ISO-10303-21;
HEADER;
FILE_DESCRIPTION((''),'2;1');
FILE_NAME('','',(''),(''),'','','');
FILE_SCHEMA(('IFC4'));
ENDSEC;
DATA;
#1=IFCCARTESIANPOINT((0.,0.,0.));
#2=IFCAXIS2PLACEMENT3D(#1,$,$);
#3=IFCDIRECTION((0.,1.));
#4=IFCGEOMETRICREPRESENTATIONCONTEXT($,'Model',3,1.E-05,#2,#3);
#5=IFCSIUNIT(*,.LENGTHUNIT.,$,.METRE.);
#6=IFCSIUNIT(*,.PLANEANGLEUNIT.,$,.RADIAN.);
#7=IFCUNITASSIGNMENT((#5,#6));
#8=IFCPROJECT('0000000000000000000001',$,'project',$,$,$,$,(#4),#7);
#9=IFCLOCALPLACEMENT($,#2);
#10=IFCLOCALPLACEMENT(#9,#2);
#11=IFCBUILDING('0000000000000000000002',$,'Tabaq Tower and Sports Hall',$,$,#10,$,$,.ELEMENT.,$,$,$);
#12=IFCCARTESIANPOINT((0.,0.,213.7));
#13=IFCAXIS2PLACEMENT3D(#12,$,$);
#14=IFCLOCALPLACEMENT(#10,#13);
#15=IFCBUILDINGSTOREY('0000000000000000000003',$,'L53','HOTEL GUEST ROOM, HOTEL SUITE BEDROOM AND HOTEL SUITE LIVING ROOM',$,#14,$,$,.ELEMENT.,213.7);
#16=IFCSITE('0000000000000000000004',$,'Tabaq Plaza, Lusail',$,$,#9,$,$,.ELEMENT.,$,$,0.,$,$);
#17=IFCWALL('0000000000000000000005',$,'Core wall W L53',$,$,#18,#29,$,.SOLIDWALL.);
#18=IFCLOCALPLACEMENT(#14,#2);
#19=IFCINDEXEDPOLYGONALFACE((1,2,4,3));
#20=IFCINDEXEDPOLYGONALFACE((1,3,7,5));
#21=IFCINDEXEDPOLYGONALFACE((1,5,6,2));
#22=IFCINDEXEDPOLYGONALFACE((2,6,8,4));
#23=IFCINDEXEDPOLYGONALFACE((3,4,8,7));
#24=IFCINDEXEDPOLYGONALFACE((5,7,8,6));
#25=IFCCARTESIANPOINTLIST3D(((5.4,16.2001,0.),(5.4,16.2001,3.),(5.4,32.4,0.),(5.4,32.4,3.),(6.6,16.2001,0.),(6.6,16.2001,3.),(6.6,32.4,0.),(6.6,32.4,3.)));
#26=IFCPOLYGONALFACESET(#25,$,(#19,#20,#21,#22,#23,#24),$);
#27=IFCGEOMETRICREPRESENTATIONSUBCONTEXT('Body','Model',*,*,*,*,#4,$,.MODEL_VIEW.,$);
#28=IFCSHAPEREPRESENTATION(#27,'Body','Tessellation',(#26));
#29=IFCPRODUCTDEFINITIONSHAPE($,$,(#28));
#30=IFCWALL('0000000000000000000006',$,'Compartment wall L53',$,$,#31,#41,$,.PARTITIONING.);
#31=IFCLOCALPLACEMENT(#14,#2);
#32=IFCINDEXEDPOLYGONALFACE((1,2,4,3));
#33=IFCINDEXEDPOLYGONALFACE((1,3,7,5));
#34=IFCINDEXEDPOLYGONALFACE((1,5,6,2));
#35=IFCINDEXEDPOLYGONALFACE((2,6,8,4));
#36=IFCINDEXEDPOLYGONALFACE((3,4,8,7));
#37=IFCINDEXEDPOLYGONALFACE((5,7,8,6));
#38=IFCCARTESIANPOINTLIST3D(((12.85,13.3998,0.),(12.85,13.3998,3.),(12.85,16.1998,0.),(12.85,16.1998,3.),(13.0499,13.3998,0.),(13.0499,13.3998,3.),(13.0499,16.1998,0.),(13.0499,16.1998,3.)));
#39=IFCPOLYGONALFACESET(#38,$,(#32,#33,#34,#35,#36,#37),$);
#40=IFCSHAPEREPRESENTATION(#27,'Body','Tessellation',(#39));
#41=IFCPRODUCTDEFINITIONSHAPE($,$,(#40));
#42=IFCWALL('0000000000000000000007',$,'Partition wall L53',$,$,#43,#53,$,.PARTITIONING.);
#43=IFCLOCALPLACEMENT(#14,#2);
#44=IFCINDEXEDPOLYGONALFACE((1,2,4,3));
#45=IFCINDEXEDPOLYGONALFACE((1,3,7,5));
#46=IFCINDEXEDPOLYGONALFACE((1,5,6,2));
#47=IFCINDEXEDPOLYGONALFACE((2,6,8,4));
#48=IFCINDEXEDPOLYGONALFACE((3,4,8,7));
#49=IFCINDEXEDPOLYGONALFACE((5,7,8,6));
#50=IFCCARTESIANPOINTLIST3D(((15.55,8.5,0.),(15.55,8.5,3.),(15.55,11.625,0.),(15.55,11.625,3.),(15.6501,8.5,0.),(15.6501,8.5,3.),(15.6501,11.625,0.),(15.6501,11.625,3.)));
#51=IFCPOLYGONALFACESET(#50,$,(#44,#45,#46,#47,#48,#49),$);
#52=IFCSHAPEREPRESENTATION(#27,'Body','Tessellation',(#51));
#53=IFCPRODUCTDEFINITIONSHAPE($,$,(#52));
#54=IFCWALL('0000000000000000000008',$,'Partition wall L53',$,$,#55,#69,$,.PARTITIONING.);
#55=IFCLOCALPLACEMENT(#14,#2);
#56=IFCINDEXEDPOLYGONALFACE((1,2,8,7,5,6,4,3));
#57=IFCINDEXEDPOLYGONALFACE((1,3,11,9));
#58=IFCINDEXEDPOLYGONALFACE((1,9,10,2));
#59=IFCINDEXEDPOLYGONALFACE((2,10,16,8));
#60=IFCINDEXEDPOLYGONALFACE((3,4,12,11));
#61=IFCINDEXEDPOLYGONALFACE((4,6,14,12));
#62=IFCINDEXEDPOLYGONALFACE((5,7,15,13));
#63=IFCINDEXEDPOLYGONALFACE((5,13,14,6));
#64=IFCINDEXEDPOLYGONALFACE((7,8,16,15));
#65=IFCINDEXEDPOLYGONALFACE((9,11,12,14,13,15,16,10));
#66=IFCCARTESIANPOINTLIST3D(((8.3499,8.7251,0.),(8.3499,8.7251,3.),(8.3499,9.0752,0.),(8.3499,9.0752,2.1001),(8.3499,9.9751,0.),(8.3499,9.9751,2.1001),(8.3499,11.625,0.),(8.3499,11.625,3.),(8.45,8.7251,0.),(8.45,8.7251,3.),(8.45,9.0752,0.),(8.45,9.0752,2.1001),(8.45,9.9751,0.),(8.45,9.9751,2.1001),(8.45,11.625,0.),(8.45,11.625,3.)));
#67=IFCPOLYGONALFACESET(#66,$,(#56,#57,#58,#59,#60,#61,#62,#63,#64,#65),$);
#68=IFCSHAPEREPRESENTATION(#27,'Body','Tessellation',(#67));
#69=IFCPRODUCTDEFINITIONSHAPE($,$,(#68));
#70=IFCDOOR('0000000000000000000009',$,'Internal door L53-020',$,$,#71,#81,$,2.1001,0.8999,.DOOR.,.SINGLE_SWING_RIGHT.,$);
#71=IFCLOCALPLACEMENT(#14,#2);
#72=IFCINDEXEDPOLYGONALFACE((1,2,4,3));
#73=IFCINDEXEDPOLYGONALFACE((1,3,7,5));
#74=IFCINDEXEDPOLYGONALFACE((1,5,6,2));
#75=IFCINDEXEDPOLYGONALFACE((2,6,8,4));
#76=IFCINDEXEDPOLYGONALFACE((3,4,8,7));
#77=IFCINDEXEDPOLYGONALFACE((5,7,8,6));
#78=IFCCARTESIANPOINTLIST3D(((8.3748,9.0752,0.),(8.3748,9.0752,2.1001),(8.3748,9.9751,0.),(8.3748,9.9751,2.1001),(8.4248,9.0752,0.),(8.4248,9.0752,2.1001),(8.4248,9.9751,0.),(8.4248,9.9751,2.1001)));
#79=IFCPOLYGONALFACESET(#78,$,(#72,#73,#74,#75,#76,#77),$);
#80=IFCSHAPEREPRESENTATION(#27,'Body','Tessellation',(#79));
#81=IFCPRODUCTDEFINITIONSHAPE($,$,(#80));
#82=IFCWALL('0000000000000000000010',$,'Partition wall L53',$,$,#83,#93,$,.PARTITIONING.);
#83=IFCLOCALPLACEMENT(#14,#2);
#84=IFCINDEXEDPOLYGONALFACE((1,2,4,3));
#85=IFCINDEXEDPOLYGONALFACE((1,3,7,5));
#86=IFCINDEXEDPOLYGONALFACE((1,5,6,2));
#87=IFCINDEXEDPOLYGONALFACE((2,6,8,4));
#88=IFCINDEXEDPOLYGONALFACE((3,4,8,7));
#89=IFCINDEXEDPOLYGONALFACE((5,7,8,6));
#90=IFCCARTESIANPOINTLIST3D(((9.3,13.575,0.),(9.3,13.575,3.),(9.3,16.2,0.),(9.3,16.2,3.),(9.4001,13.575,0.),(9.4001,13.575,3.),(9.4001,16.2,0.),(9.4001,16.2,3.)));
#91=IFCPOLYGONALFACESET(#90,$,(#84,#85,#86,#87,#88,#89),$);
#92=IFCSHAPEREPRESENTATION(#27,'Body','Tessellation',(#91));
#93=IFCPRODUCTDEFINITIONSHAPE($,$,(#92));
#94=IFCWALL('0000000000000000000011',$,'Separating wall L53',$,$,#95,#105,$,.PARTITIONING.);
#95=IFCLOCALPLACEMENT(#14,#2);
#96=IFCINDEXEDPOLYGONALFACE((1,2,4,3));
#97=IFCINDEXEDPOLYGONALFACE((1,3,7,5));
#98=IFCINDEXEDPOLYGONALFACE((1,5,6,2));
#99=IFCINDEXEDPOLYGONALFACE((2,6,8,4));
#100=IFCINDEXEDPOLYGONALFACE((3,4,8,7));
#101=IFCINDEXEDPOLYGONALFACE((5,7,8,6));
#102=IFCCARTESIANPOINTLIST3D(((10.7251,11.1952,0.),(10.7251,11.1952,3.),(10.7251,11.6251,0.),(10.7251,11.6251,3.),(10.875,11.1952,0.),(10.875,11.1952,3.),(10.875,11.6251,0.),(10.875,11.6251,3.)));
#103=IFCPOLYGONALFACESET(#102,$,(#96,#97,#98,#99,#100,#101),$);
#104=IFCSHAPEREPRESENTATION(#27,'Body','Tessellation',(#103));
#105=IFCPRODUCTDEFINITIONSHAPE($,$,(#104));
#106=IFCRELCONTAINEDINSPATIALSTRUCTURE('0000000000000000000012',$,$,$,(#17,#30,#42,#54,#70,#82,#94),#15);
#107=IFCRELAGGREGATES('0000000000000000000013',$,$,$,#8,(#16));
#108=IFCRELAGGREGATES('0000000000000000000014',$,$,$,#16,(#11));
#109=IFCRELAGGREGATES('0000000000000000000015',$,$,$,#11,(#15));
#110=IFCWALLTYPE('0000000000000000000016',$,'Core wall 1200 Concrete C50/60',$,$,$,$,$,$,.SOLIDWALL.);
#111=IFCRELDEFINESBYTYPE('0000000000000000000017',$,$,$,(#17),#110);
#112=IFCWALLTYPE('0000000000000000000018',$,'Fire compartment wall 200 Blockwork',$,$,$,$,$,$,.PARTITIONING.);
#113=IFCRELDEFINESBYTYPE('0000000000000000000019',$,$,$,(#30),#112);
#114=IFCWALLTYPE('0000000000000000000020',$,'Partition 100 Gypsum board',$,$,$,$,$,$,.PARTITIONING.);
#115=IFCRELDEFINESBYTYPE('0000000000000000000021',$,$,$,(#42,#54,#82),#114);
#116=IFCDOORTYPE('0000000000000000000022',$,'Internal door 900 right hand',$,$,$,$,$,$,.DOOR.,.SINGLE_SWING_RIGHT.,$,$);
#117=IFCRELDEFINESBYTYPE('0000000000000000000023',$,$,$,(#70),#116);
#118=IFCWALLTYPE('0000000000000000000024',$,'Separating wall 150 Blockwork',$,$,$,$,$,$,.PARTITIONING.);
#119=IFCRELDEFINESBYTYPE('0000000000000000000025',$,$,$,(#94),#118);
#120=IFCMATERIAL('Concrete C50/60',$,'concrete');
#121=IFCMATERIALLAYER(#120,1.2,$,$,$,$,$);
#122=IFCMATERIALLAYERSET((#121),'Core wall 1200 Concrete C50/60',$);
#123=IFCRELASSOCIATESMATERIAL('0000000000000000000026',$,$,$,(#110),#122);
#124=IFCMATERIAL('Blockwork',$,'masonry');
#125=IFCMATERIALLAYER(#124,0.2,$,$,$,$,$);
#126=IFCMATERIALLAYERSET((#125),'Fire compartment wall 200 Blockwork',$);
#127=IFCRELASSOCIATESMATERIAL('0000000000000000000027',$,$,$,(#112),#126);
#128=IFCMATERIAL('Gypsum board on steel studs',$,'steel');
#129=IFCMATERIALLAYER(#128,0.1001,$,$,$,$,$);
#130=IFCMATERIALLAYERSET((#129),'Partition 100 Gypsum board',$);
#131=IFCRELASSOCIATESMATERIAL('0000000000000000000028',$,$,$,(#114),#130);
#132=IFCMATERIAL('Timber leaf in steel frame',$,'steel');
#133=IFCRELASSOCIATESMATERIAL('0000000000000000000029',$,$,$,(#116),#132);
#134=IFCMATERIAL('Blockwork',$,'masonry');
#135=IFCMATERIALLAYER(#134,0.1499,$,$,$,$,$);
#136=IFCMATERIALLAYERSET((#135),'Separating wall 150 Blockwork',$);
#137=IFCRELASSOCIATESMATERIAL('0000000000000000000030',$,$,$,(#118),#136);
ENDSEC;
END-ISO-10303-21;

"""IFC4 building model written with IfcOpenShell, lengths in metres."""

from ifc_helpers import new_model, si_unit, direction, frame, frame_2d, origin, place, context, subcontext, project, spatial, rectangle, extrude, material, layer, layer_set, type_object, element, fill, save


model = new_model("IFC4")

# Units and contexts
model_context = context("Model", 3, precision=1e-05, world=origin(), true_north=direction((0.0, 1.0)))
body_context = subcontext(model_context, "Body", "Model", "MODEL_VIEW")
ifc_project = project(units=[si_unit("LENGTHUNIT", "METRE"), si_unit("PLANEANGLEUNIT", "RADIAN")], contexts=[model_context])

# Site, building, storey
site_placement = place(None, origin())
site = spatial("IfcSite", under=ifc_project, at=site_placement, Name="Tabaq Plaza, Lusail", CompositionType="ELEMENT", RefElevation=0.0)
building_placement = place(site_placement, origin())
building = spatial("IfcBuilding", under=site, at=building_placement, Name="Tabaq Tower and Sports Hall", CompositionType="ELEMENT")
storey_placement = place(building_placement, frame((0.0, 0.0, 213.7)))
storey = spatial("IfcBuildingStorey", under=building, at=storey_placement, Name="L53", Description="HOTEL GUEST ROOM, HOTEL SUITE BEDROOM AND HOTEL SUITE LIVING ROOM", CompositionType="ELEMENT", Elevation=213.7)

# Walls
ifc_material_1 = material(Name="Concrete C50/60", Category="concrete")
ifc_layer_1 = layer(ifc_material_1, 1.2)
ifc_layer_set_1 = layer_set([ifc_layer_1], Name="Core wall 1200 Concrete C50/60")
wall_type_1 = type_object("IfcWallType", Name="Core wall 1200 Concrete C50/60", PredefinedType="SOLIDWALL", material=ifc_layer_set_1)
wall_1_placement = place(storey_placement, frame((6.0, 16.2, 0.0), z_axis=(0.0, 0.0, 1.0), x_axis=(0.0, 1.0, 0.0)))
element("IfcWall", 1, at=wall_1_placement, inside=storey, type_object=wall_type_1, Name="Core wall W L53", PredefinedType="SOLIDWALL", context=body_context, shape_type="SweptSolid", body=[
    extrude(rectangle(XDim=16.2, YDim=1.2, at=frame_2d((8.1001, 0.0))), origin(), (0.0, 0.0, 1.0), 3.0),
])
ifc_material_2 = material(Name="Blockwork", Category="masonry")
ifc_layer_2 = layer(ifc_material_2, 0.2)
ifc_layer_set_2 = layer_set([ifc_layer_2], Name="Fire compartment wall 200 Blockwork")
wall_type_2 = type_object("IfcWallType", Name="Fire compartment wall 200 Blockwork", PredefinedType="PARTITIONING", material=ifc_layer_set_2)
wall_2_placement = place(storey_placement, frame((12.95, 13.3999, 0.0), z_axis=(0.0, 0.0, 1.0), x_axis=(0.0, 1.0, 0.0)))
element("IfcWall", 2, at=wall_2_placement, inside=storey, type_object=wall_type_2, Name="Compartment wall L53", PredefinedType="PARTITIONING", context=body_context, shape_type="SweptSolid", body=[
    extrude(rectangle(XDim=2.8, YDim=0.2, at=frame_2d((1.3999, 0.0))), origin(), (0.0, 0.0, 1.0), 3.0),
])

# Wall
ifc_material_3 = material(Name="Gypsum board on steel studs", Category="steel")
ifc_layer_3 = layer(ifc_material_3, 0.1001)
ifc_layer_set_3 = layer_set([ifc_layer_3], Name="Partition 100 Gypsum board")
wall_type_3 = type_object("IfcWallType", Name="Partition 100 Gypsum board", PredefinedType="PARTITIONING", material=ifc_layer_set_3)
wall_3_placement = place(storey_placement, frame((15.6001, 11.625, 0.0), z_axis=(0.0, 0.0, 1.0), x_axis=(0.0, -1.0, 0.0)))
element("IfcWall", 3, at=wall_3_placement, inside=storey, type_object=wall_type_3, Name="Partition wall L53", PredefinedType="PARTITIONING", context=body_context, shape_type="SweptSolid", body=[
    extrude(rectangle(XDim=3.125, YDim=0.1001, at=frame_2d((1.5625, 0.0))), origin(), (0.0, 0.0, 1.0), 3.0),
])

# Wall, opening, door
wall_4_placement = place(storey_placement, frame((8.3999, 11.625, 0.0), z_axis=(0.0, 0.0, 1.0), x_axis=(0.0, -1.0, 0.0)))
wall_4 = element("IfcWall", 4, at=wall_4_placement, inside=storey, type_object=wall_type_3, Name="Partition wall L53", PredefinedType="PARTITIONING", context=body_context, shape_type="SweptSolid", body=[
    extrude(rectangle(XDim=2.8999, YDim=0.1001, at=frame_2d((1.45, 0.0))), origin(), (0.0, 0.0, 1.0), 3.0),
])
opening_1_placement = place(wall_4_placement, frame((1.6499, 0.0, 0.0)))
opening_1 = element("IfcOpeningElement", 5, at=opening_1_placement, cuts=wall_4, PredefinedType="OPENING", context=body_context, shape_type="SweptSolid", body=[
    extrude(rectangle(XDim=0.8999, YDim=2.1001, at=frame_2d((0.45, 1.05))), frame((0.0, 0.05, 0.0), z_axis=(0.0, -1.0, 0.0), x_axis=(1.0, 0.0, 0.0)), (0.0, 0.0, 1.0), 0.1001),
])
ifc_material_4 = material(Name="Timber leaf in steel frame", Category="steel")
door_type_1 = type_object("IfcDoorType", Name="Internal door 900 right hand", OperationType="SINGLE_SWING_RIGHT", PredefinedType="DOOR", material=ifc_material_4)
door_1_placement = place(opening_1_placement, origin())
door_1 = element("IfcDoor", 6, at=door_1_placement, inside=storey, type_object=door_type_1, Name="Internal door L53-020", OperationType="SINGLE_SWING_RIGHT", OverallHeight=2.1001, OverallWidth=0.8999, PredefinedType="DOOR", context=body_context, shape_type="SweptSolid", body=[
    extrude(rectangle(XDim=0.8999, YDim=2.1001, at=frame_2d((0.45, 1.05))), frame((0.0, 0.0249, 0.0), z_axis=(0.0, -1.0, 0.0), x_axis=(1.0, 0.0, 0.0)), (0.0, 0.0, 1.0), 0.05),
])
fill(opening_1, door_1)

# Walls
wall_5_placement = place(storey_placement, frame((9.3501, 16.2, 0.0), z_axis=(0.0, 0.0, 1.0), x_axis=(0.0, -1.0, 0.0)))
element("IfcWall", 7, at=wall_5_placement, inside=storey, type_object=wall_type_3, Name="Partition wall L53", PredefinedType="PARTITIONING", context=body_context, shape_type="SweptSolid", body=[
    extrude(rectangle(XDim=2.625, YDim=0.1001, at=frame_2d((1.3125, 0.0))), origin(), (0.0, 0.0, 1.0), 3.0),
])
ifc_material_5 = material(Name="Blockwork", Category="masonry")
ifc_layer_4 = layer(ifc_material_5, 0.1499)
ifc_layer_set_4 = layer_set([ifc_layer_4], Name="Separating wall 150 Blockwork")
wall_type_4 = type_object("IfcWallType", Name="Separating wall 150 Blockwork", PredefinedType="PARTITIONING", material=ifc_layer_set_4)
wall_6_placement = place(storey_placement, frame((10.8, 11.625, 0.0), z_axis=(0.0, 0.0, 1.0), x_axis=(0.0, -1.0, 0.0)))
element("IfcWall", 8, at=wall_6_placement, inside=storey, type_object=wall_type_4, Name="Separating wall L53", PredefinedType="PARTITIONING", context=body_context, shape_type="SweptSolid", body=[
    extrude(rectangle(XDim=0.4299, YDim=0.1499, at=frame_2d((0.2148, 0.0))), origin(), (0.0, 0.0, 1.0), 3.0),
])

save(model, "model.ifc")
